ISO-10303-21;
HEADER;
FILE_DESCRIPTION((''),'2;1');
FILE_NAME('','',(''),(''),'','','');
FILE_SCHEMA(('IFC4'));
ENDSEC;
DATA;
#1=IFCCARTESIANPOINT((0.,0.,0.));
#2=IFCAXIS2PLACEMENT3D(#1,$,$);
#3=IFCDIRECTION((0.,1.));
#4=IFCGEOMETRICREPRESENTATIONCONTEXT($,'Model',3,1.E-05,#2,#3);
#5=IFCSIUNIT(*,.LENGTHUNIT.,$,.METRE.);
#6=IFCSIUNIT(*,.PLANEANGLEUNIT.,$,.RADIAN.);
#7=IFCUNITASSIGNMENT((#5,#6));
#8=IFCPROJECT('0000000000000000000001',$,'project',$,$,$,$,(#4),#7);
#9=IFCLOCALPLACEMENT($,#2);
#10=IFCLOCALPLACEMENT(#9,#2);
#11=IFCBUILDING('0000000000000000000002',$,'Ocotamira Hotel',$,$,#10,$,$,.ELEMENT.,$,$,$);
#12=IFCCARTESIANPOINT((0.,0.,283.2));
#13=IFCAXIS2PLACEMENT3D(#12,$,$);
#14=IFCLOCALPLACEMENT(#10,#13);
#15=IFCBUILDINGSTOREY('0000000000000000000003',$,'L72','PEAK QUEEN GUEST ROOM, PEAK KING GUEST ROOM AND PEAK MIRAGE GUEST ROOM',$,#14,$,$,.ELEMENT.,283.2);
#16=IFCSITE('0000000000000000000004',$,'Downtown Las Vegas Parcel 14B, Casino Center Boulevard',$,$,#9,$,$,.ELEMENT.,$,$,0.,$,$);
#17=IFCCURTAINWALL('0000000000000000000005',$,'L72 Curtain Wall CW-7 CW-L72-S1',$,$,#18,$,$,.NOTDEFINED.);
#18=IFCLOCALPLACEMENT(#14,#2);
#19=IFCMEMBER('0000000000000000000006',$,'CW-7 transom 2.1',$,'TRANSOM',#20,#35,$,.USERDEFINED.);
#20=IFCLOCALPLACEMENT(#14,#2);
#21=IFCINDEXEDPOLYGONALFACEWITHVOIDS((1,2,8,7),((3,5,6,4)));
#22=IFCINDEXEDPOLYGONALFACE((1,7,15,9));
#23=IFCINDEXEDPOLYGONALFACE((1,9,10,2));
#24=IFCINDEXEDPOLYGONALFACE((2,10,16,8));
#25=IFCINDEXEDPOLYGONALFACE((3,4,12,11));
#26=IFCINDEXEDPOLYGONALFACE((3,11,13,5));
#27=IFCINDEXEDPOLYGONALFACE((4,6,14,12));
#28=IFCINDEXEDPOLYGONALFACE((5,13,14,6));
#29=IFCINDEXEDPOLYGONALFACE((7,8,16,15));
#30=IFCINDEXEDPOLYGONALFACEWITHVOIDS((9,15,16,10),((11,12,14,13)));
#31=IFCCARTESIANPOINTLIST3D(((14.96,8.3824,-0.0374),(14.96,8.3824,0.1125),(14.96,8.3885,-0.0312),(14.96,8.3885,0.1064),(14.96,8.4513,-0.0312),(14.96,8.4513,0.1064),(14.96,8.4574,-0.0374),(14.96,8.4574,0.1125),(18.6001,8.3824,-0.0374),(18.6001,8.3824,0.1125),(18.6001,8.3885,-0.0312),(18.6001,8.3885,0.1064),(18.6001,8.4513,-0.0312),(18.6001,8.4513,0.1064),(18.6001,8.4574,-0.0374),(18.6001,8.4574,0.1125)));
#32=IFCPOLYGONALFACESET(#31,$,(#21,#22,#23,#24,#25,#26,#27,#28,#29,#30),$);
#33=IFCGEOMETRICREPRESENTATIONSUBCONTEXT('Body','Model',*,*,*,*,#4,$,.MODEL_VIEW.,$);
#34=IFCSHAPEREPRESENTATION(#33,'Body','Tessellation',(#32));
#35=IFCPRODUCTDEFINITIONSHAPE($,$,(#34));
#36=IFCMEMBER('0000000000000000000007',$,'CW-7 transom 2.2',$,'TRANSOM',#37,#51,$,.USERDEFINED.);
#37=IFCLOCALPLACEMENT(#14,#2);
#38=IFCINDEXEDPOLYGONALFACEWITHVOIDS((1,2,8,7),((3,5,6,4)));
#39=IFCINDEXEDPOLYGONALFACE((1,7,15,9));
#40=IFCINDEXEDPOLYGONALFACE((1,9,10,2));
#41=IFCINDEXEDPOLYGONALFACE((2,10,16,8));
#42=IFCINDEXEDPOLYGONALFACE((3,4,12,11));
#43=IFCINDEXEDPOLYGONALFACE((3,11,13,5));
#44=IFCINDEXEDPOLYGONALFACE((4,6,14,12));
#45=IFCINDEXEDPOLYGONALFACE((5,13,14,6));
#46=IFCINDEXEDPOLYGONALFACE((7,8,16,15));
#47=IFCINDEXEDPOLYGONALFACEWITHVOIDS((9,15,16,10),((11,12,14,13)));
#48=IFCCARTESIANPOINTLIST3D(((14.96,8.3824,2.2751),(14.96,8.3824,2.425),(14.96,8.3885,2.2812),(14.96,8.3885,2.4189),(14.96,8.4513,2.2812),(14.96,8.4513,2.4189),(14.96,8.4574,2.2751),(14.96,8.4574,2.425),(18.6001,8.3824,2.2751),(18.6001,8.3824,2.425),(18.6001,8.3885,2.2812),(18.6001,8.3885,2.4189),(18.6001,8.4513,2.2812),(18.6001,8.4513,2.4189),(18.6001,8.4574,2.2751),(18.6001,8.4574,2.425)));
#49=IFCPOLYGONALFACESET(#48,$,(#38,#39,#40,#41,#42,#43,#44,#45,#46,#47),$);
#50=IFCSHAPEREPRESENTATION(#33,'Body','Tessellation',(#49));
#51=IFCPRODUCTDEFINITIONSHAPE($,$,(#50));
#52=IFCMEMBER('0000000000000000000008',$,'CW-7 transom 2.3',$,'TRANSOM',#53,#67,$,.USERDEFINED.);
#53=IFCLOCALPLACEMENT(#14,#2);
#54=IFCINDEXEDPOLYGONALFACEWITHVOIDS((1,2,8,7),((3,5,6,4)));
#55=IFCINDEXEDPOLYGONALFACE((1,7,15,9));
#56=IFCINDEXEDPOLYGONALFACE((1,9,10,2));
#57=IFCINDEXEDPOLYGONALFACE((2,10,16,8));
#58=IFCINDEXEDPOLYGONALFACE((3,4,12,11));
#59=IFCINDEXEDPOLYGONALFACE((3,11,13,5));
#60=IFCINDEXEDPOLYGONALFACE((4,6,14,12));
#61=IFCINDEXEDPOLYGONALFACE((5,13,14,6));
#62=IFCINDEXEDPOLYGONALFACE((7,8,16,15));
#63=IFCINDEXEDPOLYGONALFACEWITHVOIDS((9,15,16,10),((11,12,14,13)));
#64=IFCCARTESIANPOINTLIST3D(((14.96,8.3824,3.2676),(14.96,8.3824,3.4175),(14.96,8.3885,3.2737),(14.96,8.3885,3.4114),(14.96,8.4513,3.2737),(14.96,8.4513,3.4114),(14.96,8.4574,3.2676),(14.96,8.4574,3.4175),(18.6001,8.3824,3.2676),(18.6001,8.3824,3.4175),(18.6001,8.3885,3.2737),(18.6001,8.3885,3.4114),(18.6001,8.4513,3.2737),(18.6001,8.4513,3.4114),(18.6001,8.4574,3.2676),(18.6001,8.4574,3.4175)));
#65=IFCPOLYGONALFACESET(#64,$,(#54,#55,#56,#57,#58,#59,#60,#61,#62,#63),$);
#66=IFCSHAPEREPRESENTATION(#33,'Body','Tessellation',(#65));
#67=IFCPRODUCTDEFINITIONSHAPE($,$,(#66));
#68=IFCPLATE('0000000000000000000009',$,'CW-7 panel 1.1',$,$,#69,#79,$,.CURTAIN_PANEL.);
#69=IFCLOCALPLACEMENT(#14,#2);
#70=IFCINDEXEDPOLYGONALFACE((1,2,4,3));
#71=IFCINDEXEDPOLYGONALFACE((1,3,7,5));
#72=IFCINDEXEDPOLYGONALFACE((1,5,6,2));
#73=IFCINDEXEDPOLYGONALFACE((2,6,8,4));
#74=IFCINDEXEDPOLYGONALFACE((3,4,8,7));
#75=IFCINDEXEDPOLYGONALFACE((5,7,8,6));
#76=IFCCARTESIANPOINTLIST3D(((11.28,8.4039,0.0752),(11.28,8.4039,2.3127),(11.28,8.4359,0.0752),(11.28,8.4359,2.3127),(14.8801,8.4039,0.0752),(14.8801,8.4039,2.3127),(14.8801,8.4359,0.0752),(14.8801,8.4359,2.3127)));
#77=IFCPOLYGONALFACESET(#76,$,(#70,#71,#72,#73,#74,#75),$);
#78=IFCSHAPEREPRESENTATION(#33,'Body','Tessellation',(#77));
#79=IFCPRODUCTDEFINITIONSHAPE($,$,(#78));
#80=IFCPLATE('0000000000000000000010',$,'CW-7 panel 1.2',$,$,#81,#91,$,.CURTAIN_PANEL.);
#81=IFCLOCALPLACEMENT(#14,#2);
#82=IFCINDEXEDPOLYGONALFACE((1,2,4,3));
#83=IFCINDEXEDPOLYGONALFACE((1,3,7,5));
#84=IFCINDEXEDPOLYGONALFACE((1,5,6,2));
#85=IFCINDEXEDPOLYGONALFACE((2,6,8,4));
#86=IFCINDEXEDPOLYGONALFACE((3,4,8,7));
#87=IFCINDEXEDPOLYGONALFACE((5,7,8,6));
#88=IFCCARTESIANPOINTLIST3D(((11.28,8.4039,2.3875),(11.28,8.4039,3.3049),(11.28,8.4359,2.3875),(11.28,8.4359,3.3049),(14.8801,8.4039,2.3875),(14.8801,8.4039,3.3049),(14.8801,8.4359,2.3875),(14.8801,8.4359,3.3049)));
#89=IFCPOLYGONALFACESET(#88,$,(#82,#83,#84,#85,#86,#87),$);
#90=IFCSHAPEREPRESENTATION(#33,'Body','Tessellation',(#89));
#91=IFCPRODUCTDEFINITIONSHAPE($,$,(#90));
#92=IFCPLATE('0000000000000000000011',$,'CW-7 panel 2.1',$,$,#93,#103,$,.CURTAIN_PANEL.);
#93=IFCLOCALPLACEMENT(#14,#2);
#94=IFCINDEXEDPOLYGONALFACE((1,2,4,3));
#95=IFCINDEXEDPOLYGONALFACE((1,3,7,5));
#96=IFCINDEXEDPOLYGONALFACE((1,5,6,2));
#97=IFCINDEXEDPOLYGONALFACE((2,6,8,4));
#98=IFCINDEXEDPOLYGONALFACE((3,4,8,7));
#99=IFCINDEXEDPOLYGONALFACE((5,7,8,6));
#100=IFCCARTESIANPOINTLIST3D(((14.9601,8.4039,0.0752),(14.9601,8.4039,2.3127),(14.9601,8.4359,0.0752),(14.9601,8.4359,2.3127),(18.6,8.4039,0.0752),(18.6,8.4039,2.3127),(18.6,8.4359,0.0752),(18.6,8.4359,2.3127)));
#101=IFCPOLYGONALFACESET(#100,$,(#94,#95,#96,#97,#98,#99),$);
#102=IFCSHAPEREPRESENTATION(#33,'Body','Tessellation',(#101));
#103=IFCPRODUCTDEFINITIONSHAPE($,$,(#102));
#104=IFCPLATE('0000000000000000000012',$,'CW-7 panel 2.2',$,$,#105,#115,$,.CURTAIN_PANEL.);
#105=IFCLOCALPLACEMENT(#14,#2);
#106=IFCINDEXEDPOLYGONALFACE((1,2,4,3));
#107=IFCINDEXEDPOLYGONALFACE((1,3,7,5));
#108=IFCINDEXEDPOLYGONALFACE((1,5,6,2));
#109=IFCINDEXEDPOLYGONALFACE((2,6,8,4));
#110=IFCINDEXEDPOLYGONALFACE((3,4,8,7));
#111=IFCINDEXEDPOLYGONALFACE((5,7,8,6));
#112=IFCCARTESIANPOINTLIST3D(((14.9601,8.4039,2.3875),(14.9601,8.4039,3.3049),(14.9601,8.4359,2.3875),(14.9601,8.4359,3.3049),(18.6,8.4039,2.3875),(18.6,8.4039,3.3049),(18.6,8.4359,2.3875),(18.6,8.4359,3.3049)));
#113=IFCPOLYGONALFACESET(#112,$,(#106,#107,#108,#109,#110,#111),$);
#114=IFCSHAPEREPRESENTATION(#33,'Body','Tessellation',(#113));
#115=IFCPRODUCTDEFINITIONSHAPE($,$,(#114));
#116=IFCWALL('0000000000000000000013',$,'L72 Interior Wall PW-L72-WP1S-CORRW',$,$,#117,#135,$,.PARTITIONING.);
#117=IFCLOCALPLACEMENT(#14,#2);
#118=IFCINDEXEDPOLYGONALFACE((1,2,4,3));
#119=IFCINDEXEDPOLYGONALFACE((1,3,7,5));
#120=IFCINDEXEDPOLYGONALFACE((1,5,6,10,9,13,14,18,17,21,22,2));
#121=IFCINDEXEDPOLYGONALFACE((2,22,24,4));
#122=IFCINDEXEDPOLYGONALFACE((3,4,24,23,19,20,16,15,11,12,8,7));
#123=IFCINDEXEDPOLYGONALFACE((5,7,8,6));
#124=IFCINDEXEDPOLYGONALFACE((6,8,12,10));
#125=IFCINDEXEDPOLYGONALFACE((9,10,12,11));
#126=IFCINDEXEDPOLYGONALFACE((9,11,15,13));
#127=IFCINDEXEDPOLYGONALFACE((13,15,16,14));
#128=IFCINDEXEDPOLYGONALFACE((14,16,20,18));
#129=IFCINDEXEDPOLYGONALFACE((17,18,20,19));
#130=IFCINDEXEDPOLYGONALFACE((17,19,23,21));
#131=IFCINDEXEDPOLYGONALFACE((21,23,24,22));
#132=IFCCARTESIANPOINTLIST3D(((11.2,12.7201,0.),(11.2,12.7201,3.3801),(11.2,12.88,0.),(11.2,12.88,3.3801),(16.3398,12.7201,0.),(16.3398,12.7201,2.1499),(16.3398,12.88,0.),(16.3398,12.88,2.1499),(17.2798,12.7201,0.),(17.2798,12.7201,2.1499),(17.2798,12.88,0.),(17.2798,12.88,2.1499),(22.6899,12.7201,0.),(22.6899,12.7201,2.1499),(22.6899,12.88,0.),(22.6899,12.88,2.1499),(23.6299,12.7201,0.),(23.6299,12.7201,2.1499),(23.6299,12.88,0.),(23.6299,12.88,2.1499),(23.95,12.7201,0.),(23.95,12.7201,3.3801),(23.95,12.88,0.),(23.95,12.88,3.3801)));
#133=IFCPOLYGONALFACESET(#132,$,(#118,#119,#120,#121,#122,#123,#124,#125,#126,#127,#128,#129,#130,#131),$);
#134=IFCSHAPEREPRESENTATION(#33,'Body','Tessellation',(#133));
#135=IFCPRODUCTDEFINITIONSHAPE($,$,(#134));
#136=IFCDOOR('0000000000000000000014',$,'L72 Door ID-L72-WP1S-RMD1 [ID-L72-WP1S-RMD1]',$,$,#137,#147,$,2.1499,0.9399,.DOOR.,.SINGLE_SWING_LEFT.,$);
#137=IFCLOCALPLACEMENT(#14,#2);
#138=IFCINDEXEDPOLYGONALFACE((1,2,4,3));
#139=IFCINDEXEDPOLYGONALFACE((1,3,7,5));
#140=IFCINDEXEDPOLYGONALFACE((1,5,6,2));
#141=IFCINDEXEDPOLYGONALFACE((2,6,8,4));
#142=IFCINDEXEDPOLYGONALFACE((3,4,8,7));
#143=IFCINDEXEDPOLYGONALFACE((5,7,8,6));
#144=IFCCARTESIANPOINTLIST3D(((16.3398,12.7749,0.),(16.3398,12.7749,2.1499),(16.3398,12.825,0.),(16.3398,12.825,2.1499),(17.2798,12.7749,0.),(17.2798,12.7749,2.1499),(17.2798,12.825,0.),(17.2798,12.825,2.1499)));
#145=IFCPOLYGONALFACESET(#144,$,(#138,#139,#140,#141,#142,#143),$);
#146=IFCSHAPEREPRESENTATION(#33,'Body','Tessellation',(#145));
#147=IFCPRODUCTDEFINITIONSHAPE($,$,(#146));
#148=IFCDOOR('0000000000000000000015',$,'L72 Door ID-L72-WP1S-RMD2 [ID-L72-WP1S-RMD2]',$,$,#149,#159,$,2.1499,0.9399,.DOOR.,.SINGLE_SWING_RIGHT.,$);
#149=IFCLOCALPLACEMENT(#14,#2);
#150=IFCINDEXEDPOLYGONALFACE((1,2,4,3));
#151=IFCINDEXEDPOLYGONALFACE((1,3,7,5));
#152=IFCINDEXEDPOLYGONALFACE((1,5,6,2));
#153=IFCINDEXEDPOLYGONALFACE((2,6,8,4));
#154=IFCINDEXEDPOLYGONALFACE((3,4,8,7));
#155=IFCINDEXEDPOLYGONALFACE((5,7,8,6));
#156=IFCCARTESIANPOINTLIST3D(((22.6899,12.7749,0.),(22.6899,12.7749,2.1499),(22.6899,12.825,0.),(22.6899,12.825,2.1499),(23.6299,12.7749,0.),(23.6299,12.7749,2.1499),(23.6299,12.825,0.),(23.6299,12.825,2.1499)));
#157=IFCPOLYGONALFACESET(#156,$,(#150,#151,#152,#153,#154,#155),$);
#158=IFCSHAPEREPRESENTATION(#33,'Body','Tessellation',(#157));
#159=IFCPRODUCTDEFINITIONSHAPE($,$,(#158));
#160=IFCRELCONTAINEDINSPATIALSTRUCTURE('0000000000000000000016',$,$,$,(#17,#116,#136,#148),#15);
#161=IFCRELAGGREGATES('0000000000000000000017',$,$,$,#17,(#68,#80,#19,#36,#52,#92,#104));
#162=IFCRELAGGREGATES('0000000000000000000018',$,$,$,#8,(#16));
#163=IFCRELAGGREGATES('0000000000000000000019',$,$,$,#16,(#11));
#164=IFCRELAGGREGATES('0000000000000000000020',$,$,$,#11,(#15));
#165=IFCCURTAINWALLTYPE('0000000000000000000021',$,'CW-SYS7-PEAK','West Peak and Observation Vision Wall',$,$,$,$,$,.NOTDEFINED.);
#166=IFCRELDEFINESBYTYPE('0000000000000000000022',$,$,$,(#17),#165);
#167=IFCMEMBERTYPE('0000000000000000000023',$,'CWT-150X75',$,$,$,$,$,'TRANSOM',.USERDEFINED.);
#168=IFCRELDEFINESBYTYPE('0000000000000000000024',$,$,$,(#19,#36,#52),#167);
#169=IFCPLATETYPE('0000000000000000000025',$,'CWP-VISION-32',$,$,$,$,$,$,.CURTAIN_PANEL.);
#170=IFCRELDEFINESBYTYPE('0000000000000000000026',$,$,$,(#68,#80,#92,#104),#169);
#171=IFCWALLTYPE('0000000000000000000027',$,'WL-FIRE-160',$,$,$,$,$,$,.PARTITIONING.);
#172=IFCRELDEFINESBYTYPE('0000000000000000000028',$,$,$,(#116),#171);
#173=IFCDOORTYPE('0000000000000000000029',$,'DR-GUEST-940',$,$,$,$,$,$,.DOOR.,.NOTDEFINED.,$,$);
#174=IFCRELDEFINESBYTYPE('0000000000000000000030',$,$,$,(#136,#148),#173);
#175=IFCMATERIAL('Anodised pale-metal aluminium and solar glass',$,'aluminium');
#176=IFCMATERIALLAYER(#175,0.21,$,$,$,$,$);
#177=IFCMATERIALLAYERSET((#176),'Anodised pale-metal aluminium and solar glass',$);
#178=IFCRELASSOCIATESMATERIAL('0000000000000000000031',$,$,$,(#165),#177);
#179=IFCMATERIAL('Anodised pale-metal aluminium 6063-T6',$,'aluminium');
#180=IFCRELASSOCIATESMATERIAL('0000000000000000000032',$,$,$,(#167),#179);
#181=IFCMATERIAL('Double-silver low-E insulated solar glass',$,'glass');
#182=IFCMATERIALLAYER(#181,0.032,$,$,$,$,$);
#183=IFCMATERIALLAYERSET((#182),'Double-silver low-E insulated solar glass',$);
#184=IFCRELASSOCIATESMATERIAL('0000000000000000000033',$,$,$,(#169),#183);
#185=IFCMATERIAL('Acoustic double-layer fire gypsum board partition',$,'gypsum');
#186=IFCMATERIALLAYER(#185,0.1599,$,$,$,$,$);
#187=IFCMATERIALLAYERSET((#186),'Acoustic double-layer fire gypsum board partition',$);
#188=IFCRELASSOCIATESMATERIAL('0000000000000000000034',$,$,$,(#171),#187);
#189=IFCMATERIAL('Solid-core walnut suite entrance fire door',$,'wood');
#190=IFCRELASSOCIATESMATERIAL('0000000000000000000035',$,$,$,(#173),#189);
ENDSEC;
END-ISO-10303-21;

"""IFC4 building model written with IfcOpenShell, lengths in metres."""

from ifc_helpers import new_model, si_unit, direction, frame, frame_2d, origin, origin_2d, place, context, subcontext, project, spatial, rectangle, hollow_rectangle, extrude, source, transform, mapped, material, layer, layer_set, material_profile, profile_set, type_object, element, fill, aggregate, save


model = new_model("IFC4")

# Units and contexts
model_context = context("Model", 3, precision=1e-05, world=origin(), true_north=direction((0.0, 1.0)))
body_context = subcontext(model_context, "Body", "Model", "MODEL_VIEW")
ifc_project = project(units=[si_unit("LENGTHUNIT", "METRE"), si_unit("PLANEANGLEUNIT", "RADIAN")], contexts=[model_context])

# Site, building, storey
site_placement = place(None, origin())
site = spatial("IfcSite", under=ifc_project, at=site_placement, Name="Downtown Las Vegas Parcel 14B, Casino Center Boulevard", CompositionType="ELEMENT", RefElevation=0.0)
building_placement = place(site_placement, origin())
building = spatial("IfcBuilding", under=site, at=building_placement, Name="Ocotamira Hotel", CompositionType="ELEMENT")
storey_placement = place(building_placement, frame((0.0, 0.0, 283.2)))
storey = spatial("IfcBuildingStorey", under=building, at=storey_placement, Name="L72", Description="PEAK QUEEN GUEST ROOM, PEAK KING GUEST ROOM AND PEAK MIRAGE GUEST ROOM", CompositionType="ELEMENT", Elevation=283.2)

# Curtain wall, members, plates
ifc_material_1 = material(Name="Anodised pale-metal aluminium and solar glass", Category="aluminium")
ifc_layer_1 = layer(ifc_material_1, 0.21)
ifc_layer_set_1 = layer_set([ifc_layer_1], Name="Anodised pale-metal aluminium and solar glass")
curtain_wall_type = type_object("IfcCurtainWallType", Name="CW-SYS7-PEAK", Description="West Peak and Observation Vision Wall", PredefinedType="NOTDEFINED", material=ifc_layer_set_1)
curtain_wall_placement = place(storey_placement, origin())
curtain_wall = element("IfcCurtainWall", 1, at=curtain_wall_placement, inside=storey, type_object=curtain_wall_type, Name="L72 Curtain Wall CW-7 CW-L72-S1", PredefinedType="NOTDEFINED")
ifc_material_2 = material(Name="Anodised pale-metal aluminium 6063-T6", Category="aluminium")
ifc_material_profile_1 = material_profile(ifc_material_2, hollow_rectangle(XDim=0.075, YDim=0.1499, WallThickness=0.0061, at=origin_2d()), Name="HSS150X75X6")
ifc_profile_set_1 = profile_set([ifc_material_profile_1], Name="Anodised pale-metal aluminium 6063-T6")
member_type_1 = type_object("IfcMemberType", Name="CWT-150X75", ElementType="TRANSOM", PredefinedType="USERDEFINED", material=ifc_profile_set_1)
shared_shape_1 = source(origin(), body_context, "Body", "SweptSolid", [
    extrude(hollow_rectangle(XDim=0.075, YDim=0.1499, WallThickness=0.0061, at=origin_2d()), origin(), (0.0, 0.0, 1.0), 3.6401),
])
member_1_placement = place(storey_placement, frame((14.96, 8.4199, 0.0376), z_axis=(1.0, 0.0, 0.0), x_axis=(0.0, 1.0, 0.0)))
member_1 = element("IfcMember", 2, at=member_1_placement, type_object=member_type_1, Name="CW-7 transom 2.1", ObjectType="TRANSOM", PredefinedType="USERDEFINED", context=body_context, shape_type="MappedRepresentation", body=[
    mapped(shared_shape_1, transform((0.0, 0.0, 0.0), scale=1.0)),
])
member_2_placement = place(storey_placement, frame((14.96, 8.4199, 2.3501), z_axis=(1.0, 0.0, 0.0), x_axis=(0.0, 1.0, 0.0)))
member_2 = element("IfcMember", 3, at=member_2_placement, type_object=member_type_1, Name="CW-7 transom 2.2", ObjectType="TRANSOM", PredefinedType="USERDEFINED", context=body_context, shape_type="MappedRepresentation", body=[
    mapped(shared_shape_1, transform((0.0, 0.0, 0.0), scale=1.0)),
])
member_3_placement = place(storey_placement, frame((14.96, 8.4199, 3.3425), z_axis=(1.0, 0.0, 0.0), x_axis=(0.0, 1.0, 0.0)))
member_3 = element("IfcMember", 4, at=member_3_placement, type_object=member_type_1, Name="CW-7 transom 2.3", ObjectType="TRANSOM", PredefinedType="USERDEFINED", context=body_context, shape_type="MappedRepresentation", body=[
    mapped(shared_shape_1, transform((0.0, 0.0, 0.0), scale=1.0)),
])
ifc_material_3 = material(Name="Double-silver low-E insulated solar glass", Category="glass")
ifc_layer_2 = layer(ifc_material_3, 0.032)
ifc_layer_set_2 = layer_set([ifc_layer_2], Name="Double-silver low-E insulated solar glass")
plate_type = type_object("IfcPlateType", Name="CWP-VISION-32", PredefinedType="CURTAIN_PANEL", material=ifc_layer_set_2)
shared_shape_2 = source(origin(), body_context, "Body", "SweptSolid", [
    extrude(rectangle(XDim=3.6001, YDim=0.032, at=origin_2d()), origin(), (0.0, 0.0, 1.0), 2.2375),
])
plate_1_placement = place(storey_placement, frame((13.0801, 8.4199, 0.0752), z_axis=(0.0, 0.0, 1.0), x_axis=(1.0, 0.0, 0.0)))
plate_1 = element("IfcPlate", 5, at=plate_1_placement, type_object=plate_type, Name="CW-7 panel 1.1", PredefinedType="CURTAIN_PANEL", context=body_context, shape_type="MappedRepresentation", body=[
    mapped(shared_shape_2, transform((0.0, 0.0, 0.0), scale=1.0)),
])
shared_shape_3 = source(origin(), body_context, "Body", "SweptSolid", [
    extrude(rectangle(XDim=3.6001, YDim=0.032, at=origin_2d()), origin(), (0.0, 0.0, 1.0), 0.9175),
])
plate_2_placement = place(storey_placement, frame((13.0801, 8.4199, 2.3875), z_axis=(0.0, 0.0, 1.0), x_axis=(1.0, 0.0, 0.0)))
plate_2 = element("IfcPlate", 6, at=plate_2_placement, type_object=plate_type, Name="CW-7 panel 1.2", PredefinedType="CURTAIN_PANEL", context=body_context, shape_type="MappedRepresentation", body=[
    mapped(shared_shape_3, transform((0.0, 0.0, 0.0), scale=1.0)),
])
shared_shape_4 = source(origin(), body_context, "Body", "SweptSolid", [
    extrude(rectangle(XDim=3.6399, YDim=0.032, at=origin_2d()), origin(), (0.0, 0.0, 1.0), 2.2375),
])
plate_3_placement = place(storey_placement, frame((16.78, 8.4199, 0.0752), z_axis=(0.0, 0.0, 1.0), x_axis=(1.0, 0.0, 0.0)))
plate_3 = element("IfcPlate", 7, at=plate_3_placement, type_object=plate_type, Name="CW-7 panel 2.1", PredefinedType="CURTAIN_PANEL", context=body_context, shape_type="MappedRepresentation", body=[
    mapped(shared_shape_4, transform((0.0, 0.0, 0.0), scale=1.0)),
])
shared_shape_5 = source(origin(), body_context, "Body", "SweptSolid", [
    extrude(rectangle(XDim=3.6399, YDim=0.032, at=origin_2d()), origin(), (0.0, 0.0, 1.0), 0.9175),
])
plate_4_placement = place(storey_placement, frame((16.78, 8.4199, 2.3875), z_axis=(0.0, 0.0, 1.0), x_axis=(1.0, 0.0, 0.0)))
plate_4 = element("IfcPlate", 8, at=plate_4_placement, type_object=plate_type, Name="CW-7 panel 2.2", PredefinedType="CURTAIN_PANEL", context=body_context, shape_type="MappedRepresentation", body=[
    mapped(shared_shape_5, transform((0.0, 0.0, 0.0), scale=1.0)),
])
aggregate(curtain_wall, [plate_1, plate_2, member_1, member_2, member_3, plate_3, plate_4])

# Wall, openings, doors
ifc_material_4 = material(Name="Acoustic double-layer fire gypsum board partition", Category="gypsum")
ifc_layer_3 = layer(ifc_material_4, 0.1599)
ifc_layer_set_3 = layer_set([ifc_layer_3], Name="Acoustic double-layer fire gypsum board partition")
wall_type_1 = type_object("IfcWallType", Name="WL-FIRE-160", PredefinedType="PARTITIONING", material=ifc_layer_set_3)
wall_1_placement = place(storey_placement, frame((11.2, 12.8, 0.0), z_axis=(0.0, 0.0, 1.0), x_axis=(1.0, 0.0, 0.0)))
wall_1 = element("IfcWall", 9, at=wall_1_placement, inside=storey, type_object=wall_type_1, Name="L72 Interior Wall PW-L72-WP1S-CORRW", PredefinedType="PARTITIONING", context=body_context, shape_type="SweptSolid", body=[
    extrude(rectangle(XDim=12.75, YDim=0.1599, at=frame_2d((6.375, 0.0))), origin(), (0.0, 0.0, 1.0), 3.3801),
])
opening_1_placement = place(wall_1_placement, frame((5.1399, 0.0, 0.0)))
opening_1 = element("IfcOpeningElement", 10, at=opening_1_placement, cuts=wall_1, PredefinedType="OPENING", context=body_context, shape_type="SweptSolid", body=[
    extrude(rectangle(XDim=0.9399, YDim=2.1499, at=frame_2d((0.47, 1.075))), frame((0.0, 0.0898, 0.0), z_axis=(0.0, -1.0, 0.0), x_axis=(1.0, 0.0, 0.0)), (0.0, 0.0, 1.0), 0.1799),
])
opening_2_placement = place(wall_1_placement, frame((11.49, 0.0, 0.0)))
opening_2 = element("IfcOpeningElement", 11, at=opening_2_placement, cuts=wall_1, PredefinedType="OPENING", context=body_context, shape_type="SweptSolid", body=[
    extrude(rectangle(XDim=0.9399, YDim=2.1499, at=frame_2d((0.47, 1.075))), frame((0.0, 0.0898, 0.0), z_axis=(0.0, -1.0, 0.0), x_axis=(1.0, 0.0, 0.0)), (0.0, 0.0, 1.0), 0.1799),
])
ifc_material_5 = material(Name="Solid-core walnut suite entrance fire door", Category="wood")
door_type_1 = type_object("IfcDoorType", Name="DR-GUEST-940", OperationType="NOTDEFINED", PredefinedType="DOOR", material=ifc_material_5)
shared_shape_6 = source(origin(), body_context, "Body", "SweptSolid", [
    extrude(rectangle(XDim=0.9399, YDim=2.1499, at=frame_2d((0.47, 1.075))), frame((0.0, 0.0249, 0.0), z_axis=(0.0, -1.0, 0.0), x_axis=(1.0, 0.0, 0.0)), (0.0, 0.0, 1.0), 0.05),
])
door_1_placement = place(opening_1_placement, origin())
door_1 = element("IfcDoor", 12, at=door_1_placement, inside=storey, type_object=door_type_1, Name="L72 Door ID-L72-WP1S-RMD1 [ID-L72-WP1S-RMD1]", OperationType="SINGLE_SWING_LEFT", OverallHeight=2.1499, OverallWidth=0.9399, PredefinedType="DOOR", context=body_context, shape_type="MappedRepresentation", body=[
    mapped(shared_shape_6, transform((0.0, 0.0, 0.0), scale=1.0)),
])
fill(opening_1, door_1)
door_2_placement = place(opening_2_placement, origin())
door_2 = element("IfcDoor", 13, at=door_2_placement, inside=storey, type_object=door_type_1, Name="L72 Door ID-L72-WP1S-RMD2 [ID-L72-WP1S-RMD2]", OperationType="SINGLE_SWING_RIGHT", OverallHeight=2.1499, OverallWidth=0.9399, PredefinedType="DOOR", context=body_context, shape_type="MappedRepresentation", body=[
    mapped(shared_shape_6, transform((0.0, 0.0, 0.0), scale=1.0)),
])
fill(opening_2, door_2)

save(model, "model.ifc")
